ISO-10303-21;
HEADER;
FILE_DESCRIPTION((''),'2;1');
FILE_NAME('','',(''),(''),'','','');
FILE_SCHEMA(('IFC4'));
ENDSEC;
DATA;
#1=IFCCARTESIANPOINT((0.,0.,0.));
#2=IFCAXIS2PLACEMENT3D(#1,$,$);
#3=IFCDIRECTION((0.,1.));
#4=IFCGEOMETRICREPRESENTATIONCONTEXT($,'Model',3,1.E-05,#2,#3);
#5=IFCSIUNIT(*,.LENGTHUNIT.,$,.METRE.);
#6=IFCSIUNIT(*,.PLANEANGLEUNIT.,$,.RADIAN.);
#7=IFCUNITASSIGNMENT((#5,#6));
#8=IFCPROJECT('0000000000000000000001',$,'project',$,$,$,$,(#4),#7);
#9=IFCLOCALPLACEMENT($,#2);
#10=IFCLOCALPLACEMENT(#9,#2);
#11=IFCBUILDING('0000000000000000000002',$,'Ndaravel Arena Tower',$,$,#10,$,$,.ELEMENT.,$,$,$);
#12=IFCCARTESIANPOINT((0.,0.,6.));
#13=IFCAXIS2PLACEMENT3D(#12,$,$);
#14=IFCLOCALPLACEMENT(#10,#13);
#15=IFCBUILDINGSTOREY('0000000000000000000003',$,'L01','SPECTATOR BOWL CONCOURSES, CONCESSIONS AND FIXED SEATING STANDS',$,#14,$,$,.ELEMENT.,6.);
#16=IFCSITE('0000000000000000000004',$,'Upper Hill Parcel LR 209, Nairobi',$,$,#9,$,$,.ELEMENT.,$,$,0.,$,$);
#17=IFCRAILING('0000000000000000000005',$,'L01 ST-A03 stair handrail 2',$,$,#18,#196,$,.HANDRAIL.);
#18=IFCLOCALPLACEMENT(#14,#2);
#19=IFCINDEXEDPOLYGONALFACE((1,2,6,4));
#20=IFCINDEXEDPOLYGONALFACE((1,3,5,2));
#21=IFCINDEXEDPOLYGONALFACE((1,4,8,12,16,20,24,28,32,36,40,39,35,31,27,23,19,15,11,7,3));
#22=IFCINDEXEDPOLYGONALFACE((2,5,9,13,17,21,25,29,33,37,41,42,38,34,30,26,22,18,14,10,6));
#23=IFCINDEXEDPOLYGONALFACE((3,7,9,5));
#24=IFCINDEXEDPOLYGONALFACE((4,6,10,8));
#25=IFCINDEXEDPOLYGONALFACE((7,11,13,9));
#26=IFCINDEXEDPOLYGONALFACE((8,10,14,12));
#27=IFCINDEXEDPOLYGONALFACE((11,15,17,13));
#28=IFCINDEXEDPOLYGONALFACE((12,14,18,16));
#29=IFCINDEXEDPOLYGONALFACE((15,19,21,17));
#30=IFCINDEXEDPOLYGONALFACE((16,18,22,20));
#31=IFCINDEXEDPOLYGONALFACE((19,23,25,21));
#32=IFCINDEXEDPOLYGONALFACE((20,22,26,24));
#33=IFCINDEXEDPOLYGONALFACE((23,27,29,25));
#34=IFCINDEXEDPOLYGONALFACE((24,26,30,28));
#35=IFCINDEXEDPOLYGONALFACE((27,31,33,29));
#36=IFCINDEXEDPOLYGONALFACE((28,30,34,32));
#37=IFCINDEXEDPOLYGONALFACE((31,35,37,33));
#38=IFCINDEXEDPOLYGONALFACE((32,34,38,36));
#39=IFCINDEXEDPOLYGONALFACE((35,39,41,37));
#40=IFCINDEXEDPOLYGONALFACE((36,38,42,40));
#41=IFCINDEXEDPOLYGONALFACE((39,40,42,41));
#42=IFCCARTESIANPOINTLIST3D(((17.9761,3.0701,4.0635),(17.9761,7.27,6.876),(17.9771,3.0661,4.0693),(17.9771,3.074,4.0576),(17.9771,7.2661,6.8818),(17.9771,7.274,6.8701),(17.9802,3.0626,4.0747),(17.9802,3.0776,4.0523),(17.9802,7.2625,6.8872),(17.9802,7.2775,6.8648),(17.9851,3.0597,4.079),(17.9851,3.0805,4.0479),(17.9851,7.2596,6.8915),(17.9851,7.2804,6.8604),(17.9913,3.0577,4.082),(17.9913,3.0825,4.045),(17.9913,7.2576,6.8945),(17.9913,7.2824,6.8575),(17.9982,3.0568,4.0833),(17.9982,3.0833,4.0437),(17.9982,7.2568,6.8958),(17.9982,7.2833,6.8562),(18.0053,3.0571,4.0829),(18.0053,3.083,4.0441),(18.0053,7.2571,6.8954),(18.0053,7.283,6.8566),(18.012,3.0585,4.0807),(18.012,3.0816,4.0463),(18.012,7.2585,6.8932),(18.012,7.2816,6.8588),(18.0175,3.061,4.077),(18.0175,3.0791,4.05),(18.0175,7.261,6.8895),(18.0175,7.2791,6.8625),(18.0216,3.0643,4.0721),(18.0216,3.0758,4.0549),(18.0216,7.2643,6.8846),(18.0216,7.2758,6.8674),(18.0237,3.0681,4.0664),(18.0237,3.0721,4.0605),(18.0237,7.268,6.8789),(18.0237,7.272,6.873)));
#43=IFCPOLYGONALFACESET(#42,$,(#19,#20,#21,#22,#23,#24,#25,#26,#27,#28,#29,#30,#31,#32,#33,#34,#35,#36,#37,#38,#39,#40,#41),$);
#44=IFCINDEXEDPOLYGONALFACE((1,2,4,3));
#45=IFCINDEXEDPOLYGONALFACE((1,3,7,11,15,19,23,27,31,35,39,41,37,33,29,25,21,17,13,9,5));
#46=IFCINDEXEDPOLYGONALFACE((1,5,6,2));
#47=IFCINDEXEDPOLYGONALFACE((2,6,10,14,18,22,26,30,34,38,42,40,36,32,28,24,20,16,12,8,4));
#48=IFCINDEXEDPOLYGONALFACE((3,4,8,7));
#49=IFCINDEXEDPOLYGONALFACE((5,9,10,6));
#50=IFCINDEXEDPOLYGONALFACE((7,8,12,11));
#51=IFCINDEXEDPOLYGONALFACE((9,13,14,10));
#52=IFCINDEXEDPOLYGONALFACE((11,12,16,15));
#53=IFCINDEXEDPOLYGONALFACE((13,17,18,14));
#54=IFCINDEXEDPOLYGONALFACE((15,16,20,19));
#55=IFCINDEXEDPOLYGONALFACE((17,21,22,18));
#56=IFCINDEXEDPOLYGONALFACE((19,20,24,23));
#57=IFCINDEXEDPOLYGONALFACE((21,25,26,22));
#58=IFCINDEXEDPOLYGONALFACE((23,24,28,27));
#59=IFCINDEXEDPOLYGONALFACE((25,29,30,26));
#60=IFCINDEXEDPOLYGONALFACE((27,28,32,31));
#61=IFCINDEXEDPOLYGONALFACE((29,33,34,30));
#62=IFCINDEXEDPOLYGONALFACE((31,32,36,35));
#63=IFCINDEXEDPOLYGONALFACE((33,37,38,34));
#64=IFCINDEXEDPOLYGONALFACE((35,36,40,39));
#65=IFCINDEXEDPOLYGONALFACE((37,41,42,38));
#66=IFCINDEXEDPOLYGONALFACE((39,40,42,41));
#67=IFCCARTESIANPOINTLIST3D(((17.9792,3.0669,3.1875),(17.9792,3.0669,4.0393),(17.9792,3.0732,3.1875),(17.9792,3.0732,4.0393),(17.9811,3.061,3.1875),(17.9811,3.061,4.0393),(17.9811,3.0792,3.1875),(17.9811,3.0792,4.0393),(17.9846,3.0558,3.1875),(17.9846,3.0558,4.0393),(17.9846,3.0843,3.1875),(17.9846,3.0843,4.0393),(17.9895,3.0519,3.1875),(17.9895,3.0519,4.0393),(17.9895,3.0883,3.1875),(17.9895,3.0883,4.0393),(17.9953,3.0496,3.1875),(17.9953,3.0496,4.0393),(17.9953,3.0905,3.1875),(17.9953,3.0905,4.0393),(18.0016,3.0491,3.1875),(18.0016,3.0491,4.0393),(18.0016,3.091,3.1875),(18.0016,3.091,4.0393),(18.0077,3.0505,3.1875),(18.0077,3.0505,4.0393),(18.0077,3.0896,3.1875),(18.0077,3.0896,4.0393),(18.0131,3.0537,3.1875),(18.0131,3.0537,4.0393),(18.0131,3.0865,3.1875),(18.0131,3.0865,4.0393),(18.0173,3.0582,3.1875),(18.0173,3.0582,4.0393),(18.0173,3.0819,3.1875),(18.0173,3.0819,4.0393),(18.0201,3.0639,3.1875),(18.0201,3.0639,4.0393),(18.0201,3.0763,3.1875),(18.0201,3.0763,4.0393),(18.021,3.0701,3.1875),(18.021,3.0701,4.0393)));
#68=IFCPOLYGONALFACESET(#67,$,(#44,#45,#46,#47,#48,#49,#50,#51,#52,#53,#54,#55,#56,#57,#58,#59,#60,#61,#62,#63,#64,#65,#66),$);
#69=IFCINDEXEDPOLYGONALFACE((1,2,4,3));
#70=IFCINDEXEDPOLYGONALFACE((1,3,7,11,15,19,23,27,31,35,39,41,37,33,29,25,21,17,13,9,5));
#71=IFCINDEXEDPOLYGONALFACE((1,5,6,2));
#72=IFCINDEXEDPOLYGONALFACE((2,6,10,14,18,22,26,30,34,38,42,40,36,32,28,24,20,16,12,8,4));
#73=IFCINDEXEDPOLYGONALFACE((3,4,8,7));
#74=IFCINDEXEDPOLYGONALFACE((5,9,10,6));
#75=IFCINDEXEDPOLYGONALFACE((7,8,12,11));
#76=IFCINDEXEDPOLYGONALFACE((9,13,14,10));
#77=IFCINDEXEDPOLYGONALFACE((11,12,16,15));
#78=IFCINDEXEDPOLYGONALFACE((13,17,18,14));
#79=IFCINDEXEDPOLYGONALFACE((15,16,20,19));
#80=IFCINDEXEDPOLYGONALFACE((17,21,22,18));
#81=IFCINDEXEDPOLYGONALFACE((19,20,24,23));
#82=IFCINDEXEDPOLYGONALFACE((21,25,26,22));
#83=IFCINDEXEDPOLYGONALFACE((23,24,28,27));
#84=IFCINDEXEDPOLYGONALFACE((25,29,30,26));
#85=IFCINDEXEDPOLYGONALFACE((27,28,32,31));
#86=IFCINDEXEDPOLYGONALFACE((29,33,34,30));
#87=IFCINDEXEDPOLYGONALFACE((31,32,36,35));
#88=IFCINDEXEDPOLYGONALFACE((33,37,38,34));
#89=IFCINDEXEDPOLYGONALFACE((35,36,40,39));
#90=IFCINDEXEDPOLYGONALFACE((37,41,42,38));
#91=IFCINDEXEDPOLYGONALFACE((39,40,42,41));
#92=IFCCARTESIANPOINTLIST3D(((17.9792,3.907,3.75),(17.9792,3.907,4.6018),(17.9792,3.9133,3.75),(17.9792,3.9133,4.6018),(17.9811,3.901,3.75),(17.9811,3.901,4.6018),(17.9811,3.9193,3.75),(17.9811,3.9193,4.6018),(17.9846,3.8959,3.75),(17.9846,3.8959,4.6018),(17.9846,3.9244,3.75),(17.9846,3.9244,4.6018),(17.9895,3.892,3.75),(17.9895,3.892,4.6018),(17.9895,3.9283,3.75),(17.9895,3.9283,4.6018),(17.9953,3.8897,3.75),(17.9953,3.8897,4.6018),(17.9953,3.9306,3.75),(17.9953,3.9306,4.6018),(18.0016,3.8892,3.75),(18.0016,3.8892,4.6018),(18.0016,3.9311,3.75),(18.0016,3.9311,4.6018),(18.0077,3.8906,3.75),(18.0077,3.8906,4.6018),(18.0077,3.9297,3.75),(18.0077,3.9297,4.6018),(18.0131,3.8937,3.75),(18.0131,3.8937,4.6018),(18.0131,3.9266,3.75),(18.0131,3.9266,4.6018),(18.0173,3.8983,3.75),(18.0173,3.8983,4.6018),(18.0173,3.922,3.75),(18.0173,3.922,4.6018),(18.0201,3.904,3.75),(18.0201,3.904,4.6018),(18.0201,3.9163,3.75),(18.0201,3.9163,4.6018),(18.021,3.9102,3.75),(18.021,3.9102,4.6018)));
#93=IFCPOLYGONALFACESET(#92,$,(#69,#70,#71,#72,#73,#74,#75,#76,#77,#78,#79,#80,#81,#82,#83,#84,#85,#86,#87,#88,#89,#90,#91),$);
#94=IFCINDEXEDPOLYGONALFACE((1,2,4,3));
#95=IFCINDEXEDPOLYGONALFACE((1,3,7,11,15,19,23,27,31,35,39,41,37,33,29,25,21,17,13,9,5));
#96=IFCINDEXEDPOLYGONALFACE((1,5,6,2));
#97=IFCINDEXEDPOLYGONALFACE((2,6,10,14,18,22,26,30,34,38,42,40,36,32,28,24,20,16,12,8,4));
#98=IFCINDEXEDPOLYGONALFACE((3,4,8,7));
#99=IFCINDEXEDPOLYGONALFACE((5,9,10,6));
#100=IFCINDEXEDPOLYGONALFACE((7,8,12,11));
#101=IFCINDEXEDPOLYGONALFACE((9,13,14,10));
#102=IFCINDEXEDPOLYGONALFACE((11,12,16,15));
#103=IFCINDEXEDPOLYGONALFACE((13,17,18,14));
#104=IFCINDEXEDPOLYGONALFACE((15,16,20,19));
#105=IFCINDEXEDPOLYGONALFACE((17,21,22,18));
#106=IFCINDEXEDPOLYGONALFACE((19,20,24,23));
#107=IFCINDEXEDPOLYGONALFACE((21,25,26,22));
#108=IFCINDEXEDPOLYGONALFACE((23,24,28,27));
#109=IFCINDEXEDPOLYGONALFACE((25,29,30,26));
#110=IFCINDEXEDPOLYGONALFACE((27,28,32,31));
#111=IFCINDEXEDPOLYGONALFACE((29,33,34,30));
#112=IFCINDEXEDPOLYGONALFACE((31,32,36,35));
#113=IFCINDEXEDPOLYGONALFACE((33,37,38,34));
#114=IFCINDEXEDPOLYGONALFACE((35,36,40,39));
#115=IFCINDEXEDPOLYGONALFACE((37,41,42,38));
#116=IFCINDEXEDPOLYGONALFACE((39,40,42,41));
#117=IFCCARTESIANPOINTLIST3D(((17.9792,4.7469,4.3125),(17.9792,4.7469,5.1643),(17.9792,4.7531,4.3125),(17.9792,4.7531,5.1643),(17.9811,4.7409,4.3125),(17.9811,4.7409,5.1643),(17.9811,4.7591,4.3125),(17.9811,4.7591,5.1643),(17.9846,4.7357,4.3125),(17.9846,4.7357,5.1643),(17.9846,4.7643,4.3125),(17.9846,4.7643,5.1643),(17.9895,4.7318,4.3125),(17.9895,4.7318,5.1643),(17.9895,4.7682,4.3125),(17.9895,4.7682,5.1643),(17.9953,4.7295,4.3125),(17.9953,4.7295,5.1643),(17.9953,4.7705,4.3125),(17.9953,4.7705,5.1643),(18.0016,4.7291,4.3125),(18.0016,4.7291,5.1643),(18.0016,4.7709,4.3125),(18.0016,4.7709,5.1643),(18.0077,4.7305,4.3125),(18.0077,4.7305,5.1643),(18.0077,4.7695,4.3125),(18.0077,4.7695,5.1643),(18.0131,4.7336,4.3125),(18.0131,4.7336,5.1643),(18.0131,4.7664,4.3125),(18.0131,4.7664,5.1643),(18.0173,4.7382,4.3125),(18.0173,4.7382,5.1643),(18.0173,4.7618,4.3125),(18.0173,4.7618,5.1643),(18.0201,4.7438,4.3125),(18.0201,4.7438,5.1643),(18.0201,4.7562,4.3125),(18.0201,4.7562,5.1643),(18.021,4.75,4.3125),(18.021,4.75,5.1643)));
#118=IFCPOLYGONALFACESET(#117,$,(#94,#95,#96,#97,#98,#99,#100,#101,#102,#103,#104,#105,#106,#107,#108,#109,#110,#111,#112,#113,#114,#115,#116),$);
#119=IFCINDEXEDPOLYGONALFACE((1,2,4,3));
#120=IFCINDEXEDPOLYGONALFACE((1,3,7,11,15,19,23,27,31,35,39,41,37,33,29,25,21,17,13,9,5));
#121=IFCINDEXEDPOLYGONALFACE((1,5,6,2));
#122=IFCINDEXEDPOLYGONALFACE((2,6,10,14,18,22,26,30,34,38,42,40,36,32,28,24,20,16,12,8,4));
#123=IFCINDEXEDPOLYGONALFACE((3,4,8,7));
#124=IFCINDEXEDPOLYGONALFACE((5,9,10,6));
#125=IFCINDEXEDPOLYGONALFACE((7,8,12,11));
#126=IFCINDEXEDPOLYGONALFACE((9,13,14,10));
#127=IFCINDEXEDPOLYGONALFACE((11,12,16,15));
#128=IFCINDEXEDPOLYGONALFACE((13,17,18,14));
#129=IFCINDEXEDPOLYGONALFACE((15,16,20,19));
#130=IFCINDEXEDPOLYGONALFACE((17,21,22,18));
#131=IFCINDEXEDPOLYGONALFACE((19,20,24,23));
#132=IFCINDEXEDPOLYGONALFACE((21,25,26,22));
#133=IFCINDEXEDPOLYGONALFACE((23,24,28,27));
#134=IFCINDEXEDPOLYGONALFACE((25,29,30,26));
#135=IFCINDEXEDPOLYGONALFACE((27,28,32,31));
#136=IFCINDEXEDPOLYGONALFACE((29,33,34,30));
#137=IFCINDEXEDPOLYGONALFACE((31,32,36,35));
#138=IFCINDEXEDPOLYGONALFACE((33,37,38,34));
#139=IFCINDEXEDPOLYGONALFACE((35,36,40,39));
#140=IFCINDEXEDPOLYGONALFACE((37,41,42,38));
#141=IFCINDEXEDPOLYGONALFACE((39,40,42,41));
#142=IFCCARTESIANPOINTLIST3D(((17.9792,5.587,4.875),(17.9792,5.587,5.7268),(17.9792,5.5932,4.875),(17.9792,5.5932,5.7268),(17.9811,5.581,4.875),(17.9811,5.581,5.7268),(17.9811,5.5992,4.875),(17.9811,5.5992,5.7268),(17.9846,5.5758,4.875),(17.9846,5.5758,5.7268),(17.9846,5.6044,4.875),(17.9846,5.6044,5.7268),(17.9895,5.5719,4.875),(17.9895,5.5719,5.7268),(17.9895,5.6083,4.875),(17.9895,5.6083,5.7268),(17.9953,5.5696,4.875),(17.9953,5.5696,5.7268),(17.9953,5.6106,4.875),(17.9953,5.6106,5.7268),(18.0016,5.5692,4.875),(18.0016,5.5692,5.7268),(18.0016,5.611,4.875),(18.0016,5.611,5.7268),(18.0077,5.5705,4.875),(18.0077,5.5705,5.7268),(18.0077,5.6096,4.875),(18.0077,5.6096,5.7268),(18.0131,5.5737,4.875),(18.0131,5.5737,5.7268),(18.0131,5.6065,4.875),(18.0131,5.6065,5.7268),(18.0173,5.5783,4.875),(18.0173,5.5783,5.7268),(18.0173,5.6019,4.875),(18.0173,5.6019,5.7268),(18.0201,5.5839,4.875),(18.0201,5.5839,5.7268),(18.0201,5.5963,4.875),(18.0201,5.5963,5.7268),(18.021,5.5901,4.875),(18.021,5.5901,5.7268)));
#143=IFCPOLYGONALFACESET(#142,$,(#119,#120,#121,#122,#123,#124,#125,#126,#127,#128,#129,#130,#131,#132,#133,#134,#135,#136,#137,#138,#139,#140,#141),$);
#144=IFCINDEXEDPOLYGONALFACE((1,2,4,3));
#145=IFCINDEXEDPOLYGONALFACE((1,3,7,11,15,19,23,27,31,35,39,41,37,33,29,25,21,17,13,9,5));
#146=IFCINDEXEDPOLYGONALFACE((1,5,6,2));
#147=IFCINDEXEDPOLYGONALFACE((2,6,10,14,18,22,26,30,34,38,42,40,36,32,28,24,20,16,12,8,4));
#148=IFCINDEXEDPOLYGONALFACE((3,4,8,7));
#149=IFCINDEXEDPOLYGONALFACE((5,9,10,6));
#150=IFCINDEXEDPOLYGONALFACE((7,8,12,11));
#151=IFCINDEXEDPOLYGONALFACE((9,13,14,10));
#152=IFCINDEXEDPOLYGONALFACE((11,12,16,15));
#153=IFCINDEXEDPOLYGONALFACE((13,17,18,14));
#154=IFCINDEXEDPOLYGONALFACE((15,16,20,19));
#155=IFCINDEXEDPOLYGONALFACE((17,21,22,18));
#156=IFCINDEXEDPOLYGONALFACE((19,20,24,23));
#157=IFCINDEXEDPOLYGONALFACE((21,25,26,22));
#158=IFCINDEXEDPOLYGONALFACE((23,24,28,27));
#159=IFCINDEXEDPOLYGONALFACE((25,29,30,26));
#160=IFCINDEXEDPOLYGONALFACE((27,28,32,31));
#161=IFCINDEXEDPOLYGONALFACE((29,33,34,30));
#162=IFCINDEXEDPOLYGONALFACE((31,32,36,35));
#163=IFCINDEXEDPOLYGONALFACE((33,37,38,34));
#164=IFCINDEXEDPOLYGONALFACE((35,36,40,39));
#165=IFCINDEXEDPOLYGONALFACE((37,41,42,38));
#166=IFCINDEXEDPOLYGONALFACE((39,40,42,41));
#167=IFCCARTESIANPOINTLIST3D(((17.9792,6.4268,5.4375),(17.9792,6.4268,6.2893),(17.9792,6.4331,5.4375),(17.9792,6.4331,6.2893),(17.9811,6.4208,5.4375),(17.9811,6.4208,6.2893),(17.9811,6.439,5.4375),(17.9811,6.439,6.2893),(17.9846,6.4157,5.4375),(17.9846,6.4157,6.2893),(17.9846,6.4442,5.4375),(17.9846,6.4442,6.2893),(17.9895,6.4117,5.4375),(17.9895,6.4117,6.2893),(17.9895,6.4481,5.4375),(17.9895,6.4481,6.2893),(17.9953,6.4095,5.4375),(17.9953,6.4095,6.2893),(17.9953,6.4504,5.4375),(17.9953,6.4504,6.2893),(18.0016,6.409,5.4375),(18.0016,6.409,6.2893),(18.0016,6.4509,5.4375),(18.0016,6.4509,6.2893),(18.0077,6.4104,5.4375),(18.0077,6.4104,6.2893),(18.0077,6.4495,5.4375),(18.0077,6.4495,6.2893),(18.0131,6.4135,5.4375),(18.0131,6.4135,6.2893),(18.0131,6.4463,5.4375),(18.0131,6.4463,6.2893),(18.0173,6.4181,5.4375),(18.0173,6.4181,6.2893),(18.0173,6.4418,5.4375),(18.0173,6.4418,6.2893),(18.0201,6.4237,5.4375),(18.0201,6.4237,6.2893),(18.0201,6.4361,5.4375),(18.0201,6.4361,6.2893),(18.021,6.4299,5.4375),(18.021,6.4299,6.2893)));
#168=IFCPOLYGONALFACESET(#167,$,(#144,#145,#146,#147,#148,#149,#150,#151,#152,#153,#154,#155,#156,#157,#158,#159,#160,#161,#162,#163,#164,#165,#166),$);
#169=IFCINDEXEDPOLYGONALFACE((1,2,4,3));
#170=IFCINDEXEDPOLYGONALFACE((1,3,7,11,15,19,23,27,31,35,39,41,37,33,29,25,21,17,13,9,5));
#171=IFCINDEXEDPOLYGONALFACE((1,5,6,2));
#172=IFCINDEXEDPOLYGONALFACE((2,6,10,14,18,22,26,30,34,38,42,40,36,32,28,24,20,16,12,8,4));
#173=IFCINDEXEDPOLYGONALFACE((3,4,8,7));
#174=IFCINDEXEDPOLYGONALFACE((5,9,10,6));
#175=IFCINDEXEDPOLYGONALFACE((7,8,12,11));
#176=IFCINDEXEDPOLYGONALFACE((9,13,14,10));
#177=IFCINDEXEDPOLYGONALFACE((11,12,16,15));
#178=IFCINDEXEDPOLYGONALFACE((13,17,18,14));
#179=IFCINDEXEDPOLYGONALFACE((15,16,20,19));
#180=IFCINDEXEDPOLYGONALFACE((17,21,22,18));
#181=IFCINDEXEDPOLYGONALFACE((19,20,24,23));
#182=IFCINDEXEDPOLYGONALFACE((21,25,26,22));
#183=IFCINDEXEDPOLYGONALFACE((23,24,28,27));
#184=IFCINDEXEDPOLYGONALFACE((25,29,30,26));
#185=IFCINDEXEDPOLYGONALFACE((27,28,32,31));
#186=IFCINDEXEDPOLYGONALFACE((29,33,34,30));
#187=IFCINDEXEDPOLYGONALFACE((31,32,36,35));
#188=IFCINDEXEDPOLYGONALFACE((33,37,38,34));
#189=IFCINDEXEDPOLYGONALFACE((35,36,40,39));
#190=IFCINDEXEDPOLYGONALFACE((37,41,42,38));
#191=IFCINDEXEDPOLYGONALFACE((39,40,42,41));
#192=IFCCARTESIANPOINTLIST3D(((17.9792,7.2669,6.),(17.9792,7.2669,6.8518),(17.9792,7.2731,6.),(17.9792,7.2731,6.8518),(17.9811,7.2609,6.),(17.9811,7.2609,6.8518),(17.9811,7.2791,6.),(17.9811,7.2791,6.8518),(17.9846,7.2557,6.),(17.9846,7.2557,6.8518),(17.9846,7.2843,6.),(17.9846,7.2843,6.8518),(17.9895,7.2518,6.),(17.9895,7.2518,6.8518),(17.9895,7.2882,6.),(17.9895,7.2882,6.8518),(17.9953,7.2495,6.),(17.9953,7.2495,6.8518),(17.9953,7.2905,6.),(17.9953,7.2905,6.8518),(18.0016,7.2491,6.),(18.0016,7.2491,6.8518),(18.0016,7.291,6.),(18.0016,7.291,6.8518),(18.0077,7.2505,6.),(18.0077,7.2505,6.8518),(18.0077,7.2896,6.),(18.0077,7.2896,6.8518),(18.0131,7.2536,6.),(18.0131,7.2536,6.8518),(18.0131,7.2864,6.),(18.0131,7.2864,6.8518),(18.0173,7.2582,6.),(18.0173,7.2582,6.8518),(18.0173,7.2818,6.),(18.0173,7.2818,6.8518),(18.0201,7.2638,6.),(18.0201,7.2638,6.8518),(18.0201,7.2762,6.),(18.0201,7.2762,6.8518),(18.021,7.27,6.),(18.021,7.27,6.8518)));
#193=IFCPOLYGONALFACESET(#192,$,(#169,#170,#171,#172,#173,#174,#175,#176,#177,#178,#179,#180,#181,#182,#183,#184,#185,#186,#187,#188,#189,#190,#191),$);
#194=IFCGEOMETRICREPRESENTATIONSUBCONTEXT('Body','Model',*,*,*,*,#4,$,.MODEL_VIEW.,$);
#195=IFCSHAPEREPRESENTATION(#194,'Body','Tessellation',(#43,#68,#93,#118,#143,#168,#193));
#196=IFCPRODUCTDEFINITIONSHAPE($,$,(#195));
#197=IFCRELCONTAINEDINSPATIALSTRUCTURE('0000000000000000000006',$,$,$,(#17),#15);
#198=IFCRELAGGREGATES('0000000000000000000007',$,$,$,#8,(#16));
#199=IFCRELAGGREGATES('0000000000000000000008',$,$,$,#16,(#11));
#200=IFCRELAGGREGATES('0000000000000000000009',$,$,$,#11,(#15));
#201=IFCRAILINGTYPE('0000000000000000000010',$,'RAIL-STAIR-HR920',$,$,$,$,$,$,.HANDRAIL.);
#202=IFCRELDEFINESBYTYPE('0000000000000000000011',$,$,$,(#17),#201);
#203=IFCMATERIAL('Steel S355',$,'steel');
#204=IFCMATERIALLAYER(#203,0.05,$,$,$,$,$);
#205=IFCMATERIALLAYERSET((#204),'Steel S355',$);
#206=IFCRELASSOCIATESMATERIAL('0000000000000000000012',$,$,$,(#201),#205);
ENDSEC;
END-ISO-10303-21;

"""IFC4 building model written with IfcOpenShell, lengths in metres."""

from ifc_helpers import new_model, si_unit, direction, frame, origin, origin_2d, place, context, subcontext, project, spatial, circle, extrude, material, layer, layer_set, type_object, element, save


model = new_model("IFC4")

# Units and contexts
model_context = context("Model", 3, precision=1e-05, world=origin(), true_north=direction((0.0, 1.0)))
body_context = subcontext(model_context, "Body", "Model", "MODEL_VIEW")
ifc_project = project(units=[si_unit("LENGTHUNIT", "METRE"), si_unit("PLANEANGLEUNIT", "RADIAN")], contexts=[model_context])

# Site, building, storey
site_placement = place(None, origin())
site = spatial("IfcSite", under=ifc_project, at=site_placement, Name="Upper Hill Parcel LR 209, Nairobi", CompositionType="ELEMENT", RefElevation=0.0)
building_placement = place(site_placement, origin())
building = spatial("IfcBuilding", under=site, at=building_placement, Name="Ndaravel Arena Tower", CompositionType="ELEMENT")
storey_placement = place(building_placement, frame((0.0, 0.0, 6.0)))
storey = spatial("IfcBuildingStorey", under=building, at=storey_placement, Name="L01", Description="SPECTATOR BOWL CONCOURSES, CONCESSIONS AND FIXED SEATING STANDS", CompositionType="ELEMENT", Elevation=6.0)

# Railing
ifc_material_1 = material(Name="Steel S355", Category="steel")
ifc_layer_1 = layer(ifc_material_1, 0.05)
ifc_layer_set_1 = layer_set([ifc_layer_1], Name="Steel S355")
railing_type_1 = type_object("IfcRailingType", Name="RAIL-STAIR-HR920", PredefinedType="HANDRAIL", material=ifc_layer_set_1)
railing_1_placement = place(storey_placement, frame((18.0, 3.0701, 3.1875)))
element("IfcRailing", 1, at=railing_1_placement, inside=storey, type_object=railing_type_1, Name="L01 ST-A03 stair handrail 2", PredefinedType="HANDRAIL", context=body_context, shape_type="SweptSolid", body=[
    extrude(circle(Radius=0.0239, at=origin_2d()), frame((0.0, 0.0, 0.876), z_axis=(0.0, 0.830904, 0.556416), x_axis=(-1.0, 0.0, 0.0)), (0.0, 0.0, 1.0), 5.0547),
    extrude(circle(Radius=0.021, at=origin_2d()), origin(), (0.0, 0.0, 1.0), 0.8518),
    extrude(circle(Radius=0.021, at=origin_2d()), frame((0.0, 0.8401, 0.5625)), (0.0, 0.0, 1.0), 0.8518),
    extrude(circle(Radius=0.021, at=origin_2d()), frame((0.0, 1.6799, 1.125)), (0.0, 0.0, 1.0), 0.8518),
    extrude(circle(Radius=0.021, at=origin_2d()), frame((0.0, 2.52, 1.6875)), (0.0, 0.0, 1.0), 0.8518),
    extrude(circle(Radius=0.021, at=origin_2d()), frame((0.0, 3.3599, 2.25)), (0.0, 0.0, 1.0), 0.8518),
    extrude(circle(Radius=0.021, at=origin_2d()), frame((0.0, 4.2, 2.8125)), (0.0, 0.0, 1.0), 0.8518),
])

save(model, "model.ifc")
